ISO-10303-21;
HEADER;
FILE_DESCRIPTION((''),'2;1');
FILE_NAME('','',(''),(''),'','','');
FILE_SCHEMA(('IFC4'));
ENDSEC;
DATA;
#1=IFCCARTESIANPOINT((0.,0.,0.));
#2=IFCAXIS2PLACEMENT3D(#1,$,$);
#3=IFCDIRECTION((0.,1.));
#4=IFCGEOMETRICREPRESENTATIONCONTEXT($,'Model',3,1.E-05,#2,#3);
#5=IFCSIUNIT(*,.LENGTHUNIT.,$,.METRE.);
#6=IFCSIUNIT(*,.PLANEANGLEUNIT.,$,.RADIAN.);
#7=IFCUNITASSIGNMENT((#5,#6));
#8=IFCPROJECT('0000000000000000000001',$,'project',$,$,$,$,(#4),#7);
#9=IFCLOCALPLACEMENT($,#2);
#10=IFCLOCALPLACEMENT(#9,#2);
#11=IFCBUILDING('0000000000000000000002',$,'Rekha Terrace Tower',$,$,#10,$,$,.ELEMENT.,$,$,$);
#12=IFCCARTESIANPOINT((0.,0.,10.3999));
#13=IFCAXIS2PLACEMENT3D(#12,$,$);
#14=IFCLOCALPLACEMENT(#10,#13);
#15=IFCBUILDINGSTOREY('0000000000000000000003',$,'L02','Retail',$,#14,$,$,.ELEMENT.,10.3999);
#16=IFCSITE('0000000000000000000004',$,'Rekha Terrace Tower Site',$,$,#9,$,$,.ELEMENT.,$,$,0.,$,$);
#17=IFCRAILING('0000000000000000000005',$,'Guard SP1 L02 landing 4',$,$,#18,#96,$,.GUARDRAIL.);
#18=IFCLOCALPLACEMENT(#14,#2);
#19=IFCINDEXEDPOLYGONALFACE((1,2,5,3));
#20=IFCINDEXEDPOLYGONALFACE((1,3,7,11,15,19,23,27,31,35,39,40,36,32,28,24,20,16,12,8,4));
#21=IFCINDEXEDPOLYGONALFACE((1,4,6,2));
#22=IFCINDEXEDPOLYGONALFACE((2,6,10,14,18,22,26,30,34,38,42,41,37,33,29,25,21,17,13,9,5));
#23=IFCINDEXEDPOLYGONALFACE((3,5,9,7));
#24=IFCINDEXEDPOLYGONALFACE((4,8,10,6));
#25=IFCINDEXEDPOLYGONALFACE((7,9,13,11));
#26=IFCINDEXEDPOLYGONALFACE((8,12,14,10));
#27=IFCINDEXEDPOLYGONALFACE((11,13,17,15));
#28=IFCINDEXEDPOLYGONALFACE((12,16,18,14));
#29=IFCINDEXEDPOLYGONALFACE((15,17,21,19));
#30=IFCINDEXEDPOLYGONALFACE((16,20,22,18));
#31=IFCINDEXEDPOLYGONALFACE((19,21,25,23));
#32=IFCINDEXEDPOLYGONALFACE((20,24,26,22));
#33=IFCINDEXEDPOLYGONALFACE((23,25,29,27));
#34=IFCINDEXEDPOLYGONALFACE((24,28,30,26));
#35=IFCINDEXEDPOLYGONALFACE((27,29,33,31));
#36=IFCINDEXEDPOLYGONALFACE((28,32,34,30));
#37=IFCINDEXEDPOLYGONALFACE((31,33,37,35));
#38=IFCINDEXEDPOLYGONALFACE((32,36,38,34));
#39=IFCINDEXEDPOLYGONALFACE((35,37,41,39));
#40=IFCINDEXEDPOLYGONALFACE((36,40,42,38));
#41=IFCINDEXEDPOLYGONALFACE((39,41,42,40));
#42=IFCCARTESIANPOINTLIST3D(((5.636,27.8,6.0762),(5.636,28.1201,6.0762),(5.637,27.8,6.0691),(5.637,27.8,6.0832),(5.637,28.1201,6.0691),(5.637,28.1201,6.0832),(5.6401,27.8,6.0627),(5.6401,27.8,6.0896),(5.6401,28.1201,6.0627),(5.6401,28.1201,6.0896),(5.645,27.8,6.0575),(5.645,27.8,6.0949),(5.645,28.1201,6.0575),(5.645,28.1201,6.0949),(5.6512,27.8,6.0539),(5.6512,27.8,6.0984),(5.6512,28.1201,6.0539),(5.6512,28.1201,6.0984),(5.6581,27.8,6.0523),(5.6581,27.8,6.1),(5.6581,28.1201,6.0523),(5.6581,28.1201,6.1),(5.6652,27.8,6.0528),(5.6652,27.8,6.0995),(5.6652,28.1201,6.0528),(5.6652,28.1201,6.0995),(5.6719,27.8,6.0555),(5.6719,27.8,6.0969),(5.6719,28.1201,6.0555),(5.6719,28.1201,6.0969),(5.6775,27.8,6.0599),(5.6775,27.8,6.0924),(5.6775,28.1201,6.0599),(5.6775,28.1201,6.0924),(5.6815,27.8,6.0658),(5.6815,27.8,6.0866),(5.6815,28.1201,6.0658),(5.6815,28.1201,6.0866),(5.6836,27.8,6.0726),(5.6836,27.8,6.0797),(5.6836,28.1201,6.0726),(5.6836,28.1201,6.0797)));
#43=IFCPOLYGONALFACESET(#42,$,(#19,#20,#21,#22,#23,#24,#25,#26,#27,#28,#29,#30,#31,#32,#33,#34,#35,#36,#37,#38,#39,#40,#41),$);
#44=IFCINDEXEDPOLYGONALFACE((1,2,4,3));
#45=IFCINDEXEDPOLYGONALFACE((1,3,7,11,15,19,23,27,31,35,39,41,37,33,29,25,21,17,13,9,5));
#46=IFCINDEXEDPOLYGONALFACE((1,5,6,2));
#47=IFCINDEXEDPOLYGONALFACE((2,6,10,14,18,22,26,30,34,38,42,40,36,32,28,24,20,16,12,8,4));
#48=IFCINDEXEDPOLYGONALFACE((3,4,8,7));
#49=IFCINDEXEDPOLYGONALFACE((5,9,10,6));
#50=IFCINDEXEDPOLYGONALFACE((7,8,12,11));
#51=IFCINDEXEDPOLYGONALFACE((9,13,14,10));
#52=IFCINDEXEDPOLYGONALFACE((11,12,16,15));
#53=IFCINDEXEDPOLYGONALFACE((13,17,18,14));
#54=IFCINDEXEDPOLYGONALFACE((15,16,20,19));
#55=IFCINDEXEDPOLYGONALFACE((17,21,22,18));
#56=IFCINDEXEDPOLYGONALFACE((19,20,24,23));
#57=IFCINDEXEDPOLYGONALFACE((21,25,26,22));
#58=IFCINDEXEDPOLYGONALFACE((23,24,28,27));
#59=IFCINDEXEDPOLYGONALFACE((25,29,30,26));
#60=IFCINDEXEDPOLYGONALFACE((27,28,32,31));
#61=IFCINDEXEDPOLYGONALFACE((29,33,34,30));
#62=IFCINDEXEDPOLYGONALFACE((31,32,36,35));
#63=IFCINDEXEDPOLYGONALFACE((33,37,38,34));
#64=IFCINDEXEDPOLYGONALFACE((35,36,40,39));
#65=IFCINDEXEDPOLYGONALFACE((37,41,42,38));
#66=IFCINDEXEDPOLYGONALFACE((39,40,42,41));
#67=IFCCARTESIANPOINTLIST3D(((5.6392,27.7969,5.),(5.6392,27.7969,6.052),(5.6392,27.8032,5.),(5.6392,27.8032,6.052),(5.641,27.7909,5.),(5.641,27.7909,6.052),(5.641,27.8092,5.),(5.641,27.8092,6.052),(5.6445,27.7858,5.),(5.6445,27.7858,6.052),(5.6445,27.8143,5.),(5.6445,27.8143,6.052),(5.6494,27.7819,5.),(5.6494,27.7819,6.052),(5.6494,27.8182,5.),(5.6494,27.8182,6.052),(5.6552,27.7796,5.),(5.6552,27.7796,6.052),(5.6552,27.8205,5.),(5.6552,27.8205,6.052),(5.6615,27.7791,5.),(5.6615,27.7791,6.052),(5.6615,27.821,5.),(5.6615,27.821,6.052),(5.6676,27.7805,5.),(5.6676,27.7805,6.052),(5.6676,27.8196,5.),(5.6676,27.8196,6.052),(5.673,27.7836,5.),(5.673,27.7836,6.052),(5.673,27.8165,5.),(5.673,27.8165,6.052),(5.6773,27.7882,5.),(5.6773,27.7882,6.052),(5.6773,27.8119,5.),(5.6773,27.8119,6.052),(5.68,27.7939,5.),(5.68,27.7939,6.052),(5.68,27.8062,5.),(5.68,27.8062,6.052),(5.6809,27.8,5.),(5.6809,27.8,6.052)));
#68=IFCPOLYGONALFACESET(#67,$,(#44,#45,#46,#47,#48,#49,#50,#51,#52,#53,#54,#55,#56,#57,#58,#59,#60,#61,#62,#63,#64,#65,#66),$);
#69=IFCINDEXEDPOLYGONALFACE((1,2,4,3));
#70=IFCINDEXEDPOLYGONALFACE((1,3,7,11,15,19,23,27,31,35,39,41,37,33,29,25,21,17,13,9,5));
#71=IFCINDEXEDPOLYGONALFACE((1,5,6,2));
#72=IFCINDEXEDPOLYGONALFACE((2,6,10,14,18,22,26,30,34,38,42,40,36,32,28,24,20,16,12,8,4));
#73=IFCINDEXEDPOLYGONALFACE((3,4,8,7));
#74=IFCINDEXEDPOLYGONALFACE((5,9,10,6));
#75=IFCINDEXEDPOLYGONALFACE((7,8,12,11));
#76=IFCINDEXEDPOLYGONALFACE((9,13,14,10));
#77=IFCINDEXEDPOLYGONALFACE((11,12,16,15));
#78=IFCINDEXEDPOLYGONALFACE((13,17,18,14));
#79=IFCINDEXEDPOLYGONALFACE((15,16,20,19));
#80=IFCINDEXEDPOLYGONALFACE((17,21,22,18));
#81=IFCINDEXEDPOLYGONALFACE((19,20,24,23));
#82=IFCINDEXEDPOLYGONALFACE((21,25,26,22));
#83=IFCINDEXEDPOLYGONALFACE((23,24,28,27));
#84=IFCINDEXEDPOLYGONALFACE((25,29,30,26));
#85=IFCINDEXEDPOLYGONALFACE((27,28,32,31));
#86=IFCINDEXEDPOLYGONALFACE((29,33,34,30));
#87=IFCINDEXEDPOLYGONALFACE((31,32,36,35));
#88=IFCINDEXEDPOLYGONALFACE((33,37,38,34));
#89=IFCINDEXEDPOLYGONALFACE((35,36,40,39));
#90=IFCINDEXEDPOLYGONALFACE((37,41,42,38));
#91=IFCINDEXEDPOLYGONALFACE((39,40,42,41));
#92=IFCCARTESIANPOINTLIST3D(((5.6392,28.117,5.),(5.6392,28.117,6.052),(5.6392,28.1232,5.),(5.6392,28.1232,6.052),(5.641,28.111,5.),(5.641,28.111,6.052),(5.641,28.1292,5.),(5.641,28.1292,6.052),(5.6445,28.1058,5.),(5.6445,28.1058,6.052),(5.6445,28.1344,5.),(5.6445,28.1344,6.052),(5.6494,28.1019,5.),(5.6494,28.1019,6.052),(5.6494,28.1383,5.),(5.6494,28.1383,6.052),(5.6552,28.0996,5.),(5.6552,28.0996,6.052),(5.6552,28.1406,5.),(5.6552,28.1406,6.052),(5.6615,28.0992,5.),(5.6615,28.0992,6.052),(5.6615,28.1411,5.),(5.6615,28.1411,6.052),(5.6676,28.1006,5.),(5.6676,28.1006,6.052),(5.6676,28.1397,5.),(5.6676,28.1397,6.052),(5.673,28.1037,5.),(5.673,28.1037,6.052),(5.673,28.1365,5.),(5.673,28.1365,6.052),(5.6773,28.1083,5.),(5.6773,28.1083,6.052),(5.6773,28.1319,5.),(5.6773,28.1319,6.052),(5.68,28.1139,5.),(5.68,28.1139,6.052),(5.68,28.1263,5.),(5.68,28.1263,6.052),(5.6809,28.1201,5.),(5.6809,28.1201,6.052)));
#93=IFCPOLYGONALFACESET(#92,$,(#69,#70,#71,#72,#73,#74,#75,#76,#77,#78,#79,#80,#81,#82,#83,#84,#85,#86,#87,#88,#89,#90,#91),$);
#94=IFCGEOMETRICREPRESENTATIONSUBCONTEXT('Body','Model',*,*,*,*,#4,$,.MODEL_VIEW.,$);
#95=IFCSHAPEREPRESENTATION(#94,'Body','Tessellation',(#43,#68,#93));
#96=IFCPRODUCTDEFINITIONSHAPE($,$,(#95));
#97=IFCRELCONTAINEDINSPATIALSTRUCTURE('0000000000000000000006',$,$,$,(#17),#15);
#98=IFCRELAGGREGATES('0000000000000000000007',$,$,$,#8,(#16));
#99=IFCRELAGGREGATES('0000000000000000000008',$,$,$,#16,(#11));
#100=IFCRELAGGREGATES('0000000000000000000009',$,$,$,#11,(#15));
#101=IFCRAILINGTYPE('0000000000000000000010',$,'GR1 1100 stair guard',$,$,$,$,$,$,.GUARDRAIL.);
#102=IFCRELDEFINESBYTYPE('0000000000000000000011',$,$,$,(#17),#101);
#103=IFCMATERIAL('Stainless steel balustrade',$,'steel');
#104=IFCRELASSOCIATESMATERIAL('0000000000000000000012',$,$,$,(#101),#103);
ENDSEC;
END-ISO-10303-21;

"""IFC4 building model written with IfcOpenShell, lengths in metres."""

from ifc_helpers import new_model, si_unit, direction, frame, origin, origin_2d, place, context, subcontext, project, spatial, circle, extrude, material, type_object, element, save


model = new_model("IFC4")

# Units and contexts
model_context = context("Model", 3, precision=1e-05, world=origin(), true_north=direction((0.0, 1.0)))
body_context = subcontext(model_context, "Body", "Model", "MODEL_VIEW")
ifc_project = project(units=[si_unit("LENGTHUNIT", "METRE"), si_unit("PLANEANGLEUNIT", "RADIAN")], contexts=[model_context])

# Site, building, storey
site_placement = place(None, origin())
site = spatial("IfcSite", under=ifc_project, at=site_placement, Name="Rekha Terrace Tower Site", CompositionType="ELEMENT", RefElevation=0.0)
building_placement = place(site_placement, origin())
building = spatial("IfcBuilding", under=site, at=building_placement, Name="Rekha Terrace Tower", CompositionType="ELEMENT")
storey_placement = place(building_placement, frame((0.0, 0.0, 10.3999)))
storey = spatial("IfcBuildingStorey", under=building, at=storey_placement, Name="L02", Description="Retail", CompositionType="ELEMENT", Elevation=10.3999)

# Railing
ifc_material_1 = material(Name="Stainless steel balustrade", Category="steel")
railing_type_1 = type_object("IfcRailingType", Name="GR1 1100 stair guard", PredefinedType="GUARDRAIL", material=ifc_material_1)
for number, where, name in (
    (1, (5.6599, 27.8, 5.0), "Guard SP1 L02 landing 4"),
):
    element("IfcRailing", number, at=place(storey_placement, frame(where)), inside=storey, type_object=railing_type_1, Name=name, PredefinedType="GUARDRAIL", context=body_context, shape_type="SweptSolid", body=[
        extrude(circle(Radius=0.0239, at=origin_2d()), frame((0.0, 0.0, 1.0762), z_axis=(0.0, 1.0, 0.0), x_axis=(-1.0, 0.0, 0.0)), (0.0, 0.0, 1.0), 0.3201),
        extrude(circle(Radius=0.021, at=origin_2d()), origin(), (0.0, 0.0, 1.0), 1.052),
        extrude(circle(Radius=0.021, at=origin_2d()), frame((0.0, 0.3201, 0.0)), (0.0, 0.0, 1.0), 1.052),
    ])

save(model, "model.ifc")
